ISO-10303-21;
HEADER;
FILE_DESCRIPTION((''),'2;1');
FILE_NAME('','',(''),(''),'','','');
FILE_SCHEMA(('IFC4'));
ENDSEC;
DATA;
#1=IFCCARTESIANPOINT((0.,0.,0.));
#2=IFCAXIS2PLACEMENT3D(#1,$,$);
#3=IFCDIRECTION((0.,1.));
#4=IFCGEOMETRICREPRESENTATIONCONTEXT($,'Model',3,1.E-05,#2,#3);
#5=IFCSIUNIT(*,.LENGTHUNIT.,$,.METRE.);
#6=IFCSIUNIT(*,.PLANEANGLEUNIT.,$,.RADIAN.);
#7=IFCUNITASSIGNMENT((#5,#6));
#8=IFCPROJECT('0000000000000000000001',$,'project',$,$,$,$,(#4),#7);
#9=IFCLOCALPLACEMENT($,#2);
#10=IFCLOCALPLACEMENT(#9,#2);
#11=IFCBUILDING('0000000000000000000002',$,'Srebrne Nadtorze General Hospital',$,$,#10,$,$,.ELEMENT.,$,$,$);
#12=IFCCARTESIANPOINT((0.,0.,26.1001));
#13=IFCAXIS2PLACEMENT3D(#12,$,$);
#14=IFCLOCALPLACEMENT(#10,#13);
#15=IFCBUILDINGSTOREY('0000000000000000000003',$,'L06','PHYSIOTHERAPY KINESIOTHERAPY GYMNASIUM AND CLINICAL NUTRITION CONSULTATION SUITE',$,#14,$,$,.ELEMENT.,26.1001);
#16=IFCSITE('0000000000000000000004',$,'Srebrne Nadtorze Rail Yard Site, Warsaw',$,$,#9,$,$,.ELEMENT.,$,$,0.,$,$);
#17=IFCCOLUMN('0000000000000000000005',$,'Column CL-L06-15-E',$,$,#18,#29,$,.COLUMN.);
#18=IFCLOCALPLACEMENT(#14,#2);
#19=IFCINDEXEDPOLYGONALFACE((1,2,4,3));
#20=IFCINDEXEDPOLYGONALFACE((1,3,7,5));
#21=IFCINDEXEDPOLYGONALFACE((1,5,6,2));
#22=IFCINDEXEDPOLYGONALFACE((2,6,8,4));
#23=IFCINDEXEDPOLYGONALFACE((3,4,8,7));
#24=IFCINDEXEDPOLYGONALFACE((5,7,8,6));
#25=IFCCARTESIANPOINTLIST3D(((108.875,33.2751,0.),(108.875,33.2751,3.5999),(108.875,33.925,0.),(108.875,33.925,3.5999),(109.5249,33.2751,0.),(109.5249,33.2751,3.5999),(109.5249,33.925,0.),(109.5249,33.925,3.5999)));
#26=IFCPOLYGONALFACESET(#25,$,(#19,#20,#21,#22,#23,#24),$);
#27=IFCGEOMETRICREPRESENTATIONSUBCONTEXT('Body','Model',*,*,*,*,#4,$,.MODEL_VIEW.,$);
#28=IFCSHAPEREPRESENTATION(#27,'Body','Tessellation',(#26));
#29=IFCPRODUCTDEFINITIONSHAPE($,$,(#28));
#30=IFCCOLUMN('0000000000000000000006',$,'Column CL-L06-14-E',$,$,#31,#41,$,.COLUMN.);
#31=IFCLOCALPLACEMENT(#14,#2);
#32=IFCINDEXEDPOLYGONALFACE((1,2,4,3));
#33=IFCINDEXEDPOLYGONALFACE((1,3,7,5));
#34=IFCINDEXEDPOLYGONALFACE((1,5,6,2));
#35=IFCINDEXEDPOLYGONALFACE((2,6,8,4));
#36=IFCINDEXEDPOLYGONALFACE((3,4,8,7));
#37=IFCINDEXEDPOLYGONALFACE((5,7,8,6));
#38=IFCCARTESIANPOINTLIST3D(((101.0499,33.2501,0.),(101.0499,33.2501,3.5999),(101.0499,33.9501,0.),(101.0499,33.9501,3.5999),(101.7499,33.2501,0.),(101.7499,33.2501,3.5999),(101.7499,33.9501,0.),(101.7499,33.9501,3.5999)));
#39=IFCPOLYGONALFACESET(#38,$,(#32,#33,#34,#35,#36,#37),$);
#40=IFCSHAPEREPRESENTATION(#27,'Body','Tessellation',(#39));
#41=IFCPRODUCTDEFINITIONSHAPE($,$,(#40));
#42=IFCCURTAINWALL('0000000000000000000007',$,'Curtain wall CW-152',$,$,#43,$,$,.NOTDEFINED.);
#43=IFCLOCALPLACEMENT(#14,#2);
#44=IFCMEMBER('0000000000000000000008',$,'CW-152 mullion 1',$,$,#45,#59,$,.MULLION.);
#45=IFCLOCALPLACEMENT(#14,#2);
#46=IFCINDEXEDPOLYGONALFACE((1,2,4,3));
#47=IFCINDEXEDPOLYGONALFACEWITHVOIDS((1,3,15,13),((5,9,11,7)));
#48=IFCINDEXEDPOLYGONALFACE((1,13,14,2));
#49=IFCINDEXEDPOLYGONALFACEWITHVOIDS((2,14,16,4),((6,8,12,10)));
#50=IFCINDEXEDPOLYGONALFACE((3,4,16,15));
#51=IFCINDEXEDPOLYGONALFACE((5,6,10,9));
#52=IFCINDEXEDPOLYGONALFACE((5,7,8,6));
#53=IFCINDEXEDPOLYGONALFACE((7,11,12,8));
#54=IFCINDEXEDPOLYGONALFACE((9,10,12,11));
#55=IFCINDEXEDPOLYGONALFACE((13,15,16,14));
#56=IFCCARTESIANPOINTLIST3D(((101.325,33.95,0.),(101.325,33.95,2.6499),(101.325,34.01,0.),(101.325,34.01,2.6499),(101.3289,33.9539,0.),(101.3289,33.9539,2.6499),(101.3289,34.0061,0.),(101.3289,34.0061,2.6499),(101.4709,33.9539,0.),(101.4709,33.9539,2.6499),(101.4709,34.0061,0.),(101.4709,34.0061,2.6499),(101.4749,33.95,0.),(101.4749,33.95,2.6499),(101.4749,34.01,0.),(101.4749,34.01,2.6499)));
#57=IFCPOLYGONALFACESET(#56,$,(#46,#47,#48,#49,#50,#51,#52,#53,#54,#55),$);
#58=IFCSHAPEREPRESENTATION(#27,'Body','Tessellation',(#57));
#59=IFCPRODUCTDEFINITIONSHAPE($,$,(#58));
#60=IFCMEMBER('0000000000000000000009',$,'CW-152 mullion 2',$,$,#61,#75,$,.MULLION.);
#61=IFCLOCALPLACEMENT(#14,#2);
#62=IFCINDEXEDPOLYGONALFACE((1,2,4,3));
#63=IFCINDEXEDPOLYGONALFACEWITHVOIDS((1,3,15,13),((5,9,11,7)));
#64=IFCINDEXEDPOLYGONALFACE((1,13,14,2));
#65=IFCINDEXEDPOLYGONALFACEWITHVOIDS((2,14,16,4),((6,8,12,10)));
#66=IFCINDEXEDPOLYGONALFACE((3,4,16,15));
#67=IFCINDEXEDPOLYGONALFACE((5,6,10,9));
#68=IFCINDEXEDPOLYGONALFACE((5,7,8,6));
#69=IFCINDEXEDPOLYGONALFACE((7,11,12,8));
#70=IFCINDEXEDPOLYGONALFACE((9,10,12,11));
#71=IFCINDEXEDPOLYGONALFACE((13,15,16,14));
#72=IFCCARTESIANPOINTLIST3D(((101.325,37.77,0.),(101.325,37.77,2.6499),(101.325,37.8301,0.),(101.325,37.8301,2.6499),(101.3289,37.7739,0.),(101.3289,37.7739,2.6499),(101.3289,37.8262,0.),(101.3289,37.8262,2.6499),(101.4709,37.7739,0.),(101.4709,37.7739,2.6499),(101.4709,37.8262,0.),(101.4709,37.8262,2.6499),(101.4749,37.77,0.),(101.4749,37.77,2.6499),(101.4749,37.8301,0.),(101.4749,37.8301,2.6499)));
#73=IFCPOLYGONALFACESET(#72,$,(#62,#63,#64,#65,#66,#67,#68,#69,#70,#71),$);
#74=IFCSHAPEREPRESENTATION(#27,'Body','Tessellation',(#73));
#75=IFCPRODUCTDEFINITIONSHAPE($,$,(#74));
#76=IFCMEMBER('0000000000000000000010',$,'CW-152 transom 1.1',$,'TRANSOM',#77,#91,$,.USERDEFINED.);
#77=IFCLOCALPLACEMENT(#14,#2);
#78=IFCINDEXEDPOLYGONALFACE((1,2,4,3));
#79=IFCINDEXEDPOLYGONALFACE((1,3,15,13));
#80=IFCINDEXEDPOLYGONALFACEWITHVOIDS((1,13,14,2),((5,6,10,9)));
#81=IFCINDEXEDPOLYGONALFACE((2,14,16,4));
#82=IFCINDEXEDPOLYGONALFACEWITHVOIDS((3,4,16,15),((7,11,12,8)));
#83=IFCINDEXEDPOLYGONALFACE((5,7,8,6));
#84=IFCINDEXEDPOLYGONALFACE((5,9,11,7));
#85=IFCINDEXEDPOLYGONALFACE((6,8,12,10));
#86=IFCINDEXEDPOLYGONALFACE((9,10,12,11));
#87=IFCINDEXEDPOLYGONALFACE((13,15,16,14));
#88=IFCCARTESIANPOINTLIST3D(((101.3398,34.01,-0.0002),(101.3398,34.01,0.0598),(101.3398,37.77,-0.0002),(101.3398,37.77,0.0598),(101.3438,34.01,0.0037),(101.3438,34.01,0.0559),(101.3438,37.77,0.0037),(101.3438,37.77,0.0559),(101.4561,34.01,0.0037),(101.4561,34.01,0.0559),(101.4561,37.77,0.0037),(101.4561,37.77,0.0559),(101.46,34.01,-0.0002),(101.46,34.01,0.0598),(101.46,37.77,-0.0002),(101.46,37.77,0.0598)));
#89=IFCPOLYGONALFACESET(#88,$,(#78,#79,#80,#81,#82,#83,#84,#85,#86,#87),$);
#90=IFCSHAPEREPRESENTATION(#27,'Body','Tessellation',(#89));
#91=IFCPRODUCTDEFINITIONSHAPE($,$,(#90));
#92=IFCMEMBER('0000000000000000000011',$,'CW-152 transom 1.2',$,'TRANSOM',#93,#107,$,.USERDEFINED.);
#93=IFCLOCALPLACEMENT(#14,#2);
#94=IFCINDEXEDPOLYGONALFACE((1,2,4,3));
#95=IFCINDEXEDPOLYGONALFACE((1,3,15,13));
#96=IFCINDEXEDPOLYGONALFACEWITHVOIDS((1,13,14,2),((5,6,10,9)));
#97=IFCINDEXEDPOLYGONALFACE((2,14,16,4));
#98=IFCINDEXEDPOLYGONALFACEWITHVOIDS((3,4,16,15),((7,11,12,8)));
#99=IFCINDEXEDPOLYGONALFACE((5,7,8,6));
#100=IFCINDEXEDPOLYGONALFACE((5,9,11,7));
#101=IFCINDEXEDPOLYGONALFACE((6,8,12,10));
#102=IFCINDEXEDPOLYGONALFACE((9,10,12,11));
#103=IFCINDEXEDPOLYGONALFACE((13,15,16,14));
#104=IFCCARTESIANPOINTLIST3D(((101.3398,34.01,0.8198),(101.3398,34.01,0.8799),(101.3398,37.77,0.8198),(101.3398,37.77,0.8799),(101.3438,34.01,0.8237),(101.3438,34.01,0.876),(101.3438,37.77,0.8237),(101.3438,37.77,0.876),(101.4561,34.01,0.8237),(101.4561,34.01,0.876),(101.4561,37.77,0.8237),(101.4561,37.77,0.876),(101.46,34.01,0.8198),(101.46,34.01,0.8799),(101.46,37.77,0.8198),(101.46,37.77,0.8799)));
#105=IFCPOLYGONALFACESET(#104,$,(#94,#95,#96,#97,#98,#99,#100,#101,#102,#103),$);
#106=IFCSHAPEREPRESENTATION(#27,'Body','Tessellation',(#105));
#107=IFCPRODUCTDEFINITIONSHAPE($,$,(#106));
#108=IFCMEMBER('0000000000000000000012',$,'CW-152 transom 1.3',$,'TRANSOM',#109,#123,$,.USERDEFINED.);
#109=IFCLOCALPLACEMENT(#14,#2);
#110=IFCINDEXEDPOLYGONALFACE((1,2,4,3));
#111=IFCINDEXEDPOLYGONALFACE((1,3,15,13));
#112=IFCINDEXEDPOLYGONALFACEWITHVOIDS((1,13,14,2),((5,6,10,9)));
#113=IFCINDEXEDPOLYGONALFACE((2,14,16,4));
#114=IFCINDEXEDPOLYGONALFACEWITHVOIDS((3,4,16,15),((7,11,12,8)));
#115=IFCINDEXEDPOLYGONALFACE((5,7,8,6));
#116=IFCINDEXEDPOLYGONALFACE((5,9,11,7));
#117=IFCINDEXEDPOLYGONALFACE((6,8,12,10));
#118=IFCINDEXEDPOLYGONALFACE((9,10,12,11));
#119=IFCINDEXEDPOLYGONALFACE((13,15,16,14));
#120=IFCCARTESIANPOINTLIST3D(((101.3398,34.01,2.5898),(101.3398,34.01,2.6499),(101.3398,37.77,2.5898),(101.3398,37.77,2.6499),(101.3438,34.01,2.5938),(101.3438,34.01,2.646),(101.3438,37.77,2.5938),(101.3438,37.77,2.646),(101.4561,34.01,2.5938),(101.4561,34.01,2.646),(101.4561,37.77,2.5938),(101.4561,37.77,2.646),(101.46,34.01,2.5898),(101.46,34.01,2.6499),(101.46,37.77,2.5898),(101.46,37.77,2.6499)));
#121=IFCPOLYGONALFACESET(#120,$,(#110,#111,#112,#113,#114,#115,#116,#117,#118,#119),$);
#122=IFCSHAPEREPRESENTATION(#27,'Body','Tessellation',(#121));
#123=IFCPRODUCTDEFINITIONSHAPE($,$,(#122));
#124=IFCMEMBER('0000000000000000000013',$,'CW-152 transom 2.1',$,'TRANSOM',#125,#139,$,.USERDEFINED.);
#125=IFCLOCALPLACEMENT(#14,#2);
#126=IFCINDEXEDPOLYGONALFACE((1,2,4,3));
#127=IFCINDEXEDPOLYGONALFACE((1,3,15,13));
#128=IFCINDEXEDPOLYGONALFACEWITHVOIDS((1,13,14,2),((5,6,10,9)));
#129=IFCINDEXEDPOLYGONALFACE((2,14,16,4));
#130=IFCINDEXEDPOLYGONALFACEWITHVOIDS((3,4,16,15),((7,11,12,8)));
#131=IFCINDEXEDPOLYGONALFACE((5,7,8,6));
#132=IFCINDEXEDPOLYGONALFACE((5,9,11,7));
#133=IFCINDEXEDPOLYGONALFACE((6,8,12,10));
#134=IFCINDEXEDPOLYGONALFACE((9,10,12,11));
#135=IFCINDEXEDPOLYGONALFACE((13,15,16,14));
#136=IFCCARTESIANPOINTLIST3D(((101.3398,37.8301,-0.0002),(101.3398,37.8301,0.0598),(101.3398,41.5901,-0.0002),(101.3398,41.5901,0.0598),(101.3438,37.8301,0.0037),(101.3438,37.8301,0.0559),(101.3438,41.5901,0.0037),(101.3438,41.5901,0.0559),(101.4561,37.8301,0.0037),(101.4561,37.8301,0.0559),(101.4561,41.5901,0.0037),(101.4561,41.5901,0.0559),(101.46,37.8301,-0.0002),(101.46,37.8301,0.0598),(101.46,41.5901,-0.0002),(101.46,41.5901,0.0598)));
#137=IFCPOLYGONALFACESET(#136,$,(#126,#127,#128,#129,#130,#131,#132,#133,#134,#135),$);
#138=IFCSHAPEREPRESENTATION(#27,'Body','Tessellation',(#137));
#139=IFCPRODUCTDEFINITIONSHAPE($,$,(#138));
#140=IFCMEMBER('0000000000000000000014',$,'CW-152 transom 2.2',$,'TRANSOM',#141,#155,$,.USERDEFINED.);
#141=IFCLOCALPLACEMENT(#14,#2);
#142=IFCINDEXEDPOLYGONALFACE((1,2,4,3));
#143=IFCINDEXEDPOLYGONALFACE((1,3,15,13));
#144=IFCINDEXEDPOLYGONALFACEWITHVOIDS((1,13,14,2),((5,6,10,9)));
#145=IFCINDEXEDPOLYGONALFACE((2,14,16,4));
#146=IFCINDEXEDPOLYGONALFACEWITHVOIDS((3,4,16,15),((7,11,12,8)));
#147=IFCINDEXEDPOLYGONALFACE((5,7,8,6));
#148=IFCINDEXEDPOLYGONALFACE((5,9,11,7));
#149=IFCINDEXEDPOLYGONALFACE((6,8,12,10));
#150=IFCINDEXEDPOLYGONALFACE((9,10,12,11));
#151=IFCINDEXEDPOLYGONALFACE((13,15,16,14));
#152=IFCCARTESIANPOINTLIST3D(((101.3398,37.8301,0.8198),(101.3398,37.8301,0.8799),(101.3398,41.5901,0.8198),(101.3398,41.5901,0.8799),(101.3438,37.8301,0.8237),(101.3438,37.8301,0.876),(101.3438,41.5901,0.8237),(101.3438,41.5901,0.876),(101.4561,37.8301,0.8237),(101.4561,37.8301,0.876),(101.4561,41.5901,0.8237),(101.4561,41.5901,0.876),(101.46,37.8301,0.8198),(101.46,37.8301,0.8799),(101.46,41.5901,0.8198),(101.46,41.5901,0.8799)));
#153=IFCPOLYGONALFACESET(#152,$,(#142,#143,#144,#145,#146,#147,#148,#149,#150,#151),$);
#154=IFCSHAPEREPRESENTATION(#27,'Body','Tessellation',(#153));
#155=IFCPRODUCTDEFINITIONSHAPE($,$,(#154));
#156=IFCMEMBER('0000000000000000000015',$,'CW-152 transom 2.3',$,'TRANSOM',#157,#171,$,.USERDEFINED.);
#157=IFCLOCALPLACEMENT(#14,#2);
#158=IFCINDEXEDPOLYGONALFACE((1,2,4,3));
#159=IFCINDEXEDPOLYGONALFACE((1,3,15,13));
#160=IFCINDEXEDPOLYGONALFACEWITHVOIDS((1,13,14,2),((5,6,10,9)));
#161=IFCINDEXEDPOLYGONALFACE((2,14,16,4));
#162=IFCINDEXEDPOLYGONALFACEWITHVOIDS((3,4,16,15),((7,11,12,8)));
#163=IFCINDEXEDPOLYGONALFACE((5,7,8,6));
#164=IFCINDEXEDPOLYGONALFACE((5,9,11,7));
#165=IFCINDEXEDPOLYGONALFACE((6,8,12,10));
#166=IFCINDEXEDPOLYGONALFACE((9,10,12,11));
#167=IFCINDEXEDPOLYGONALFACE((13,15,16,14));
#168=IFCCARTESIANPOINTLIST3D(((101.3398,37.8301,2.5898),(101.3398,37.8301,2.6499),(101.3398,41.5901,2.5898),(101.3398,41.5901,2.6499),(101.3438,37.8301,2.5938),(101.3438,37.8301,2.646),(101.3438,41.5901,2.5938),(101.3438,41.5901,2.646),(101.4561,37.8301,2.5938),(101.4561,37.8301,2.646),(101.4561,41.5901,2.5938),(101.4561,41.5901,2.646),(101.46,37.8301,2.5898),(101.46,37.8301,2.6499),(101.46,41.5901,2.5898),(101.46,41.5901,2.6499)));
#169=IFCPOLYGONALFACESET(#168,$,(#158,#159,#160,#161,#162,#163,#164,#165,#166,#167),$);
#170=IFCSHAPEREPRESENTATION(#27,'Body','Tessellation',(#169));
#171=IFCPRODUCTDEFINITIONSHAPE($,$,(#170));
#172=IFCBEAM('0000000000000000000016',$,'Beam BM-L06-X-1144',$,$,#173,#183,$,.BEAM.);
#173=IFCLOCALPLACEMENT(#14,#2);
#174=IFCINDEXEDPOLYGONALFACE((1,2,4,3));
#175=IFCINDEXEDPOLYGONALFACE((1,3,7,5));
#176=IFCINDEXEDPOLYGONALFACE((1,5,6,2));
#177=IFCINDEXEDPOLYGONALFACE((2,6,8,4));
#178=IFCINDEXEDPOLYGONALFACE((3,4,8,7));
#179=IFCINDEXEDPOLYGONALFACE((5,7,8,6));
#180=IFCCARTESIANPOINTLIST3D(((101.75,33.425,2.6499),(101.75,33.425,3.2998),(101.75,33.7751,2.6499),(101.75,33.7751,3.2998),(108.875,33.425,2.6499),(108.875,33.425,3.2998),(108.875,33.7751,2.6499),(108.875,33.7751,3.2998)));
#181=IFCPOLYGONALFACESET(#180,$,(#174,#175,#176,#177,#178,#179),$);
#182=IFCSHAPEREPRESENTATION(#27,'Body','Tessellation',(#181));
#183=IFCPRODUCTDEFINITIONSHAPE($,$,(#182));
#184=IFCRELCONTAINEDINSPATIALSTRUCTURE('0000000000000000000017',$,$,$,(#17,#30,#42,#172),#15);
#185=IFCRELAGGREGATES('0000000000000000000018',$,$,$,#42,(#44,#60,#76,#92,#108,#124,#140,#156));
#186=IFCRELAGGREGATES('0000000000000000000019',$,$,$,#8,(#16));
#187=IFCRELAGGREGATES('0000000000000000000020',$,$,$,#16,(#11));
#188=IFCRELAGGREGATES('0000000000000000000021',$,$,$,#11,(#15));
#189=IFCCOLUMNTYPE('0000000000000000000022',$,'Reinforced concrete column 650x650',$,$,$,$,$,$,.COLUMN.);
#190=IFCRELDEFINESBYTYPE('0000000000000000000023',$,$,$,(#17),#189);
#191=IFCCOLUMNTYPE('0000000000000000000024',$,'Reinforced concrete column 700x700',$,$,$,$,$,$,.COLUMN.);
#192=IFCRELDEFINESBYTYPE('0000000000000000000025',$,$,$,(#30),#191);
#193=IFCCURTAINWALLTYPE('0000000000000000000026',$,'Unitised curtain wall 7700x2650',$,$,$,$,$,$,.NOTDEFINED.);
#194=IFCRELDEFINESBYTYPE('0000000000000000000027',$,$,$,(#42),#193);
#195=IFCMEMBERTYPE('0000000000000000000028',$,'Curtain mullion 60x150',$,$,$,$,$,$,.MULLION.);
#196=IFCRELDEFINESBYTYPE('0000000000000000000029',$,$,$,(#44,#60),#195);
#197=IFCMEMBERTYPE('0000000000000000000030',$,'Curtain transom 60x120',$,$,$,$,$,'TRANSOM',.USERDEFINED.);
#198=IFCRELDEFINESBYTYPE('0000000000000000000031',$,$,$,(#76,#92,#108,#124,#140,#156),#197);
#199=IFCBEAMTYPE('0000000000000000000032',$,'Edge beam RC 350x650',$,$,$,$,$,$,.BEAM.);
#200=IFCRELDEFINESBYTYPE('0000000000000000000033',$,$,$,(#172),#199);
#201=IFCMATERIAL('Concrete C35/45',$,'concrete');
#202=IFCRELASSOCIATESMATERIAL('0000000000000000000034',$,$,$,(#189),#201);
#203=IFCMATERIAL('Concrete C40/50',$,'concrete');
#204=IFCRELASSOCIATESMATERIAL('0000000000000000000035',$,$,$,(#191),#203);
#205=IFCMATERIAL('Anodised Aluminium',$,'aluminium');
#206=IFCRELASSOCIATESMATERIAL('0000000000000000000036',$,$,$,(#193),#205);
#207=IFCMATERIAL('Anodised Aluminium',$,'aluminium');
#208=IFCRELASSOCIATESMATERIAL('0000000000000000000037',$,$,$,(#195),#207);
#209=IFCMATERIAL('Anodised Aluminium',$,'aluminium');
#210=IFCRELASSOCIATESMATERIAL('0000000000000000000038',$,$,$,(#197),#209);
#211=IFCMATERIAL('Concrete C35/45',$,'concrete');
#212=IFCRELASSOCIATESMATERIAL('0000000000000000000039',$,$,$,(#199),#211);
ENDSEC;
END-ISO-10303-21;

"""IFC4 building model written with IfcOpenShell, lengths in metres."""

from ifc_helpers import new_model, si_unit, direction, frame, origin, origin_2d, place, context, subcontext, project, spatial, rectangle, hollow_rectangle, extrude, material, material_profile, profile_set, type_object, element, aggregate, save


model = new_model("IFC4")

# Units and contexts
model_context = context("Model", 3, precision=1e-05, world=origin(), true_north=direction((0.0, 1.0)))
body_context = subcontext(model_context, "Body", "Model", "MODEL_VIEW")
ifc_project = project(units=[si_unit("LENGTHUNIT", "METRE"), si_unit("PLANEANGLEUNIT", "RADIAN")], contexts=[model_context])

# Site, building, storey
site_placement = place(None, origin())
site = spatial("IfcSite", under=ifc_project, at=site_placement, Name="Srebrne Nadtorze Rail Yard Site, Warsaw", CompositionType="ELEMENT", RefElevation=0.0)
building_placement = place(site_placement, origin())
building = spatial("IfcBuilding", under=site, at=building_placement, Name="Srebrne Nadtorze General Hospital", CompositionType="ELEMENT")
storey_placement = place(building_placement, frame((0.0, 0.0, 26.1001)))
storey = spatial("IfcBuildingStorey", under=building, at=storey_placement, Name="L06", Description="PHYSIOTHERAPY KINESIOTHERAPY GYMNASIUM AND CLINICAL NUTRITION CONSULTATION SUITE", CompositionType="ELEMENT", Elevation=26.1001)

# Columns
ifc_material_1 = material(Name="Concrete C35/45", Category="concrete")
ifc_material_profile_1 = material_profile(ifc_material_1, rectangle(XDim=0.6499, YDim=0.6499, at=origin_2d()), Name="RC-COL-650x650")
ifc_profile_set_1 = profile_set([ifc_material_profile_1], Name="Concrete C35/45")
column_type_1 = type_object("IfcColumnType", Name="Reinforced concrete column 650x650", PredefinedType="COLUMN", material=ifc_profile_set_1)
column_1_placement = place(storey_placement, frame((109.2, 33.6001, 0.0), z_axis=(0.0, 0.0, 1.0), x_axis=(1.0, 0.0, 0.0)))
element("IfcColumn", 1, at=column_1_placement, inside=storey, type_object=column_type_1, Name="Column CL-L06-15-E", PredefinedType="COLUMN", context=body_context, shape_type="SweptSolid", body=[
    extrude(rectangle(XDim=0.6499, YDim=0.6499, at=origin_2d()), origin(), (0.0, 0.0, 1.0), 3.5999),
])
ifc_material_2 = material(Name="Concrete C40/50", Category="concrete")
ifc_material_profile_2 = material_profile(ifc_material_2, rectangle(XDim=0.7, YDim=0.7, at=origin_2d()), Name="RC-COL-700x700")
ifc_profile_set_2 = profile_set([ifc_material_profile_2], Name="Concrete C40/50")
column_type_2 = type_object("IfcColumnType", Name="Reinforced concrete column 700x700", PredefinedType="COLUMN", material=ifc_profile_set_2)
column_2_placement = place(storey_placement, frame((101.3999, 33.6001, 0.0), z_axis=(0.0, 0.0, 1.0), x_axis=(1.0, 0.0, 0.0)))
element("IfcColumn", 2, at=column_2_placement, inside=storey, type_object=column_type_2, Name="Column CL-L06-14-E", PredefinedType="COLUMN", context=body_context, shape_type="SweptSolid", body=[
    extrude(rectangle(XDim=0.7, YDim=0.7, at=origin_2d()), origin(), (0.0, 0.0, 1.0), 3.5999),
])

# Curtain wall, members
ifc_material_3 = material(Name="Anodised Aluminium", Category="aluminium")
curtain_wall_type = type_object("IfcCurtainWallType", Name="Unitised curtain wall 7700x2650", PredefinedType="NOTDEFINED", material=ifc_material_3)
curtain_wall_placement = place(storey_placement, origin())
curtain_wall = element("IfcCurtainWall", 3, at=curtain_wall_placement, inside=storey, type_object=curtain_wall_type, Name="Curtain wall CW-152", PredefinedType="NOTDEFINED")
ifc_material_4 = material(Name="Anodised Aluminium", Category="aluminium")
ifc_material_profile_3 = material_profile(ifc_material_4, hollow_rectangle(XDim=0.0601, YDim=0.1499, WallThickness=0.0039, at=origin_2d()), Name="AL-MUL-60x150")
ifc_profile_set_3 = profile_set([ifc_material_profile_3], Name="Anodised Aluminium")
member_type_1 = type_object("IfcMemberType", Name="Curtain mullion 60x150", PredefinedType="MULLION", material=ifc_profile_set_3)
member_1_placement = place(storey_placement, frame((101.3999, 33.98, 0.0), z_axis=(0.0, 0.0, 1.0), x_axis=(0.0, 1.0, 0.0)))
member_1 = element("IfcMember", 4, at=member_1_placement, type_object=member_type_1, Name="CW-152 mullion 1", PredefinedType="MULLION", context=body_context, shape_type="SweptSolid", body=[
    extrude(hollow_rectangle(XDim=0.0601, YDim=0.1499, WallThickness=0.0039, at=origin_2d()), origin(), (0.0, 0.0, 1.0), 2.6499),
])
member_2_placement = place(storey_placement, frame((101.3999, 37.8, 0.0), z_axis=(0.0, 0.0, 1.0), x_axis=(0.0, 1.0, 0.0)))
member_2 = element("IfcMember", 5, at=member_2_placement, type_object=member_type_1, Name="CW-152 mullion 2", PredefinedType="MULLION", context=body_context, shape_type="SweptSolid", body=[
    extrude(hollow_rectangle(XDim=0.0601, YDim=0.1499, WallThickness=0.0039, at=origin_2d()), origin(), (0.0, 0.0, 1.0), 2.6499),
])
ifc_material_5 = material(Name="Anodised Aluminium", Category="aluminium")
ifc_material_profile_4 = material_profile(ifc_material_5, hollow_rectangle(XDim=0.0601, YDim=0.1201, WallThickness=0.0039, at=origin_2d()), Name="AL-TRN-60x120")
ifc_profile_set_4 = profile_set([ifc_material_profile_4], Name="Anodised Aluminium")
member_type_2 = type_object("IfcMemberType", Name="Curtain transom 60x120", ElementType="TRANSOM", PredefinedType="USERDEFINED", material=ifc_profile_set_4)
member_3_placement = place(storey_placement, frame((101.3999, 34.01, 0.0298), z_axis=(0.0, 1.0, 0.0), x_axis=(0.0, 0.0, 1.0)))
member_3 = element("IfcMember", 6, at=member_3_placement, type_object=member_type_2, Name="CW-152 transom 1.1", ObjectType="TRANSOM", PredefinedType="USERDEFINED", context=body_context, shape_type="SweptSolid", body=[
    extrude(hollow_rectangle(XDim=0.0601, YDim=0.1201, WallThickness=0.0039, at=origin_2d()), origin(), (0.0, 0.0, 1.0), 3.76),
])
member_4_placement = place(storey_placement, frame((101.3999, 34.01, 0.8499), z_axis=(0.0, 1.0, 0.0), x_axis=(0.0, 0.0, 1.0)))
member_4 = element("IfcMember", 7, at=member_4_placement, type_object=member_type_2, Name="CW-152 transom 1.2", ObjectType="TRANSOM", PredefinedType="USERDEFINED", context=body_context, shape_type="SweptSolid", body=[
    extrude(hollow_rectangle(XDim=0.0601, YDim=0.1201, WallThickness=0.0039, at=origin_2d()), origin(), (0.0, 0.0, 1.0), 3.76),
])
member_5_placement = place(storey_placement, frame((101.3999, 34.01, 2.6199), z_axis=(0.0, 1.0, 0.0), x_axis=(0.0, 0.0, 1.0)))
member_5 = element("IfcMember", 8, at=member_5_placement, type_object=member_type_2, Name="CW-152 transom 1.3", ObjectType="TRANSOM", PredefinedType="USERDEFINED", context=body_context, shape_type="SweptSolid", body=[
    extrude(hollow_rectangle(XDim=0.0601, YDim=0.1201, WallThickness=0.0039, at=origin_2d()), origin(), (0.0, 0.0, 1.0), 3.76),
])
member_6_placement = place(storey_placement, frame((101.3999, 37.8301, 0.0298), z_axis=(0.0, 1.0, 0.0), x_axis=(0.0, 0.0, 1.0)))
member_6 = element("IfcMember", 9, at=member_6_placement, type_object=member_type_2, Name="CW-152 transom 2.1", ObjectType="TRANSOM", PredefinedType="USERDEFINED", context=body_context, shape_type="SweptSolid", body=[
    extrude(hollow_rectangle(XDim=0.0601, YDim=0.1201, WallThickness=0.0039, at=origin_2d()), origin(), (0.0, 0.0, 1.0), 3.76),
])
member_7_placement = place(storey_placement, frame((101.3999, 37.8301, 0.8499), z_axis=(0.0, 1.0, 0.0), x_axis=(0.0, 0.0, 1.0)))
member_7 = element("IfcMember", 10, at=member_7_placement, type_object=member_type_2, Name="CW-152 transom 2.2", ObjectType="TRANSOM", PredefinedType="USERDEFINED", context=body_context, shape_type="SweptSolid", body=[
    extrude(hollow_rectangle(XDim=0.0601, YDim=0.1201, WallThickness=0.0039, at=origin_2d()), origin(), (0.0, 0.0, 1.0), 3.76),
])
member_8_placement = place(storey_placement, frame((101.3999, 37.8301, 2.6199), z_axis=(0.0, 1.0, 0.0), x_axis=(0.0, 0.0, 1.0)))
member_8 = element("IfcMember", 11, at=member_8_placement, type_object=member_type_2, Name="CW-152 transom 2.3", ObjectType="TRANSOM", PredefinedType="USERDEFINED", context=body_context, shape_type="SweptSolid", body=[
    extrude(hollow_rectangle(XDim=0.0601, YDim=0.1201, WallThickness=0.0039, at=origin_2d()), origin(), (0.0, 0.0, 1.0), 3.76),
])

# Beam
ifc_material_6 = material(Name="Concrete C35/45", Category="concrete")
ifc_material_profile_5 = material_profile(ifc_material_6, rectangle(XDim=0.3501, YDim=0.6499, at=origin_2d()), Name="RC-BM-350x650")
ifc_profile_set_5 = profile_set([ifc_material_profile_5], Name="Concrete C35/45")
beam_type_1 = type_object("IfcBeamType", Name="Edge beam RC 350x650", PredefinedType="BEAM", material=ifc_profile_set_5)
beam_1_placement = place(storey_placement, frame((101.75, 33.6001, 2.9749), z_axis=(1.0, 0.0, 0.0), x_axis=(0.0, 1.0, 0.0)))
element("IfcBeam", 12, at=beam_1_placement, inside=storey, type_object=beam_type_1, Name="Beam BM-L06-X-1144", PredefinedType="BEAM", context=body_context, shape_type="SweptSolid", body=[
    extrude(rectangle(XDim=0.3501, YDim=0.6499, at=origin_2d()), origin(), (0.0, 0.0, 1.0), 7.125),
])

aggregate(curtain_wall, [member_1, member_2, member_3, member_4, member_5, member_6, member_7, member_8])

save(model, "model.ifc")
